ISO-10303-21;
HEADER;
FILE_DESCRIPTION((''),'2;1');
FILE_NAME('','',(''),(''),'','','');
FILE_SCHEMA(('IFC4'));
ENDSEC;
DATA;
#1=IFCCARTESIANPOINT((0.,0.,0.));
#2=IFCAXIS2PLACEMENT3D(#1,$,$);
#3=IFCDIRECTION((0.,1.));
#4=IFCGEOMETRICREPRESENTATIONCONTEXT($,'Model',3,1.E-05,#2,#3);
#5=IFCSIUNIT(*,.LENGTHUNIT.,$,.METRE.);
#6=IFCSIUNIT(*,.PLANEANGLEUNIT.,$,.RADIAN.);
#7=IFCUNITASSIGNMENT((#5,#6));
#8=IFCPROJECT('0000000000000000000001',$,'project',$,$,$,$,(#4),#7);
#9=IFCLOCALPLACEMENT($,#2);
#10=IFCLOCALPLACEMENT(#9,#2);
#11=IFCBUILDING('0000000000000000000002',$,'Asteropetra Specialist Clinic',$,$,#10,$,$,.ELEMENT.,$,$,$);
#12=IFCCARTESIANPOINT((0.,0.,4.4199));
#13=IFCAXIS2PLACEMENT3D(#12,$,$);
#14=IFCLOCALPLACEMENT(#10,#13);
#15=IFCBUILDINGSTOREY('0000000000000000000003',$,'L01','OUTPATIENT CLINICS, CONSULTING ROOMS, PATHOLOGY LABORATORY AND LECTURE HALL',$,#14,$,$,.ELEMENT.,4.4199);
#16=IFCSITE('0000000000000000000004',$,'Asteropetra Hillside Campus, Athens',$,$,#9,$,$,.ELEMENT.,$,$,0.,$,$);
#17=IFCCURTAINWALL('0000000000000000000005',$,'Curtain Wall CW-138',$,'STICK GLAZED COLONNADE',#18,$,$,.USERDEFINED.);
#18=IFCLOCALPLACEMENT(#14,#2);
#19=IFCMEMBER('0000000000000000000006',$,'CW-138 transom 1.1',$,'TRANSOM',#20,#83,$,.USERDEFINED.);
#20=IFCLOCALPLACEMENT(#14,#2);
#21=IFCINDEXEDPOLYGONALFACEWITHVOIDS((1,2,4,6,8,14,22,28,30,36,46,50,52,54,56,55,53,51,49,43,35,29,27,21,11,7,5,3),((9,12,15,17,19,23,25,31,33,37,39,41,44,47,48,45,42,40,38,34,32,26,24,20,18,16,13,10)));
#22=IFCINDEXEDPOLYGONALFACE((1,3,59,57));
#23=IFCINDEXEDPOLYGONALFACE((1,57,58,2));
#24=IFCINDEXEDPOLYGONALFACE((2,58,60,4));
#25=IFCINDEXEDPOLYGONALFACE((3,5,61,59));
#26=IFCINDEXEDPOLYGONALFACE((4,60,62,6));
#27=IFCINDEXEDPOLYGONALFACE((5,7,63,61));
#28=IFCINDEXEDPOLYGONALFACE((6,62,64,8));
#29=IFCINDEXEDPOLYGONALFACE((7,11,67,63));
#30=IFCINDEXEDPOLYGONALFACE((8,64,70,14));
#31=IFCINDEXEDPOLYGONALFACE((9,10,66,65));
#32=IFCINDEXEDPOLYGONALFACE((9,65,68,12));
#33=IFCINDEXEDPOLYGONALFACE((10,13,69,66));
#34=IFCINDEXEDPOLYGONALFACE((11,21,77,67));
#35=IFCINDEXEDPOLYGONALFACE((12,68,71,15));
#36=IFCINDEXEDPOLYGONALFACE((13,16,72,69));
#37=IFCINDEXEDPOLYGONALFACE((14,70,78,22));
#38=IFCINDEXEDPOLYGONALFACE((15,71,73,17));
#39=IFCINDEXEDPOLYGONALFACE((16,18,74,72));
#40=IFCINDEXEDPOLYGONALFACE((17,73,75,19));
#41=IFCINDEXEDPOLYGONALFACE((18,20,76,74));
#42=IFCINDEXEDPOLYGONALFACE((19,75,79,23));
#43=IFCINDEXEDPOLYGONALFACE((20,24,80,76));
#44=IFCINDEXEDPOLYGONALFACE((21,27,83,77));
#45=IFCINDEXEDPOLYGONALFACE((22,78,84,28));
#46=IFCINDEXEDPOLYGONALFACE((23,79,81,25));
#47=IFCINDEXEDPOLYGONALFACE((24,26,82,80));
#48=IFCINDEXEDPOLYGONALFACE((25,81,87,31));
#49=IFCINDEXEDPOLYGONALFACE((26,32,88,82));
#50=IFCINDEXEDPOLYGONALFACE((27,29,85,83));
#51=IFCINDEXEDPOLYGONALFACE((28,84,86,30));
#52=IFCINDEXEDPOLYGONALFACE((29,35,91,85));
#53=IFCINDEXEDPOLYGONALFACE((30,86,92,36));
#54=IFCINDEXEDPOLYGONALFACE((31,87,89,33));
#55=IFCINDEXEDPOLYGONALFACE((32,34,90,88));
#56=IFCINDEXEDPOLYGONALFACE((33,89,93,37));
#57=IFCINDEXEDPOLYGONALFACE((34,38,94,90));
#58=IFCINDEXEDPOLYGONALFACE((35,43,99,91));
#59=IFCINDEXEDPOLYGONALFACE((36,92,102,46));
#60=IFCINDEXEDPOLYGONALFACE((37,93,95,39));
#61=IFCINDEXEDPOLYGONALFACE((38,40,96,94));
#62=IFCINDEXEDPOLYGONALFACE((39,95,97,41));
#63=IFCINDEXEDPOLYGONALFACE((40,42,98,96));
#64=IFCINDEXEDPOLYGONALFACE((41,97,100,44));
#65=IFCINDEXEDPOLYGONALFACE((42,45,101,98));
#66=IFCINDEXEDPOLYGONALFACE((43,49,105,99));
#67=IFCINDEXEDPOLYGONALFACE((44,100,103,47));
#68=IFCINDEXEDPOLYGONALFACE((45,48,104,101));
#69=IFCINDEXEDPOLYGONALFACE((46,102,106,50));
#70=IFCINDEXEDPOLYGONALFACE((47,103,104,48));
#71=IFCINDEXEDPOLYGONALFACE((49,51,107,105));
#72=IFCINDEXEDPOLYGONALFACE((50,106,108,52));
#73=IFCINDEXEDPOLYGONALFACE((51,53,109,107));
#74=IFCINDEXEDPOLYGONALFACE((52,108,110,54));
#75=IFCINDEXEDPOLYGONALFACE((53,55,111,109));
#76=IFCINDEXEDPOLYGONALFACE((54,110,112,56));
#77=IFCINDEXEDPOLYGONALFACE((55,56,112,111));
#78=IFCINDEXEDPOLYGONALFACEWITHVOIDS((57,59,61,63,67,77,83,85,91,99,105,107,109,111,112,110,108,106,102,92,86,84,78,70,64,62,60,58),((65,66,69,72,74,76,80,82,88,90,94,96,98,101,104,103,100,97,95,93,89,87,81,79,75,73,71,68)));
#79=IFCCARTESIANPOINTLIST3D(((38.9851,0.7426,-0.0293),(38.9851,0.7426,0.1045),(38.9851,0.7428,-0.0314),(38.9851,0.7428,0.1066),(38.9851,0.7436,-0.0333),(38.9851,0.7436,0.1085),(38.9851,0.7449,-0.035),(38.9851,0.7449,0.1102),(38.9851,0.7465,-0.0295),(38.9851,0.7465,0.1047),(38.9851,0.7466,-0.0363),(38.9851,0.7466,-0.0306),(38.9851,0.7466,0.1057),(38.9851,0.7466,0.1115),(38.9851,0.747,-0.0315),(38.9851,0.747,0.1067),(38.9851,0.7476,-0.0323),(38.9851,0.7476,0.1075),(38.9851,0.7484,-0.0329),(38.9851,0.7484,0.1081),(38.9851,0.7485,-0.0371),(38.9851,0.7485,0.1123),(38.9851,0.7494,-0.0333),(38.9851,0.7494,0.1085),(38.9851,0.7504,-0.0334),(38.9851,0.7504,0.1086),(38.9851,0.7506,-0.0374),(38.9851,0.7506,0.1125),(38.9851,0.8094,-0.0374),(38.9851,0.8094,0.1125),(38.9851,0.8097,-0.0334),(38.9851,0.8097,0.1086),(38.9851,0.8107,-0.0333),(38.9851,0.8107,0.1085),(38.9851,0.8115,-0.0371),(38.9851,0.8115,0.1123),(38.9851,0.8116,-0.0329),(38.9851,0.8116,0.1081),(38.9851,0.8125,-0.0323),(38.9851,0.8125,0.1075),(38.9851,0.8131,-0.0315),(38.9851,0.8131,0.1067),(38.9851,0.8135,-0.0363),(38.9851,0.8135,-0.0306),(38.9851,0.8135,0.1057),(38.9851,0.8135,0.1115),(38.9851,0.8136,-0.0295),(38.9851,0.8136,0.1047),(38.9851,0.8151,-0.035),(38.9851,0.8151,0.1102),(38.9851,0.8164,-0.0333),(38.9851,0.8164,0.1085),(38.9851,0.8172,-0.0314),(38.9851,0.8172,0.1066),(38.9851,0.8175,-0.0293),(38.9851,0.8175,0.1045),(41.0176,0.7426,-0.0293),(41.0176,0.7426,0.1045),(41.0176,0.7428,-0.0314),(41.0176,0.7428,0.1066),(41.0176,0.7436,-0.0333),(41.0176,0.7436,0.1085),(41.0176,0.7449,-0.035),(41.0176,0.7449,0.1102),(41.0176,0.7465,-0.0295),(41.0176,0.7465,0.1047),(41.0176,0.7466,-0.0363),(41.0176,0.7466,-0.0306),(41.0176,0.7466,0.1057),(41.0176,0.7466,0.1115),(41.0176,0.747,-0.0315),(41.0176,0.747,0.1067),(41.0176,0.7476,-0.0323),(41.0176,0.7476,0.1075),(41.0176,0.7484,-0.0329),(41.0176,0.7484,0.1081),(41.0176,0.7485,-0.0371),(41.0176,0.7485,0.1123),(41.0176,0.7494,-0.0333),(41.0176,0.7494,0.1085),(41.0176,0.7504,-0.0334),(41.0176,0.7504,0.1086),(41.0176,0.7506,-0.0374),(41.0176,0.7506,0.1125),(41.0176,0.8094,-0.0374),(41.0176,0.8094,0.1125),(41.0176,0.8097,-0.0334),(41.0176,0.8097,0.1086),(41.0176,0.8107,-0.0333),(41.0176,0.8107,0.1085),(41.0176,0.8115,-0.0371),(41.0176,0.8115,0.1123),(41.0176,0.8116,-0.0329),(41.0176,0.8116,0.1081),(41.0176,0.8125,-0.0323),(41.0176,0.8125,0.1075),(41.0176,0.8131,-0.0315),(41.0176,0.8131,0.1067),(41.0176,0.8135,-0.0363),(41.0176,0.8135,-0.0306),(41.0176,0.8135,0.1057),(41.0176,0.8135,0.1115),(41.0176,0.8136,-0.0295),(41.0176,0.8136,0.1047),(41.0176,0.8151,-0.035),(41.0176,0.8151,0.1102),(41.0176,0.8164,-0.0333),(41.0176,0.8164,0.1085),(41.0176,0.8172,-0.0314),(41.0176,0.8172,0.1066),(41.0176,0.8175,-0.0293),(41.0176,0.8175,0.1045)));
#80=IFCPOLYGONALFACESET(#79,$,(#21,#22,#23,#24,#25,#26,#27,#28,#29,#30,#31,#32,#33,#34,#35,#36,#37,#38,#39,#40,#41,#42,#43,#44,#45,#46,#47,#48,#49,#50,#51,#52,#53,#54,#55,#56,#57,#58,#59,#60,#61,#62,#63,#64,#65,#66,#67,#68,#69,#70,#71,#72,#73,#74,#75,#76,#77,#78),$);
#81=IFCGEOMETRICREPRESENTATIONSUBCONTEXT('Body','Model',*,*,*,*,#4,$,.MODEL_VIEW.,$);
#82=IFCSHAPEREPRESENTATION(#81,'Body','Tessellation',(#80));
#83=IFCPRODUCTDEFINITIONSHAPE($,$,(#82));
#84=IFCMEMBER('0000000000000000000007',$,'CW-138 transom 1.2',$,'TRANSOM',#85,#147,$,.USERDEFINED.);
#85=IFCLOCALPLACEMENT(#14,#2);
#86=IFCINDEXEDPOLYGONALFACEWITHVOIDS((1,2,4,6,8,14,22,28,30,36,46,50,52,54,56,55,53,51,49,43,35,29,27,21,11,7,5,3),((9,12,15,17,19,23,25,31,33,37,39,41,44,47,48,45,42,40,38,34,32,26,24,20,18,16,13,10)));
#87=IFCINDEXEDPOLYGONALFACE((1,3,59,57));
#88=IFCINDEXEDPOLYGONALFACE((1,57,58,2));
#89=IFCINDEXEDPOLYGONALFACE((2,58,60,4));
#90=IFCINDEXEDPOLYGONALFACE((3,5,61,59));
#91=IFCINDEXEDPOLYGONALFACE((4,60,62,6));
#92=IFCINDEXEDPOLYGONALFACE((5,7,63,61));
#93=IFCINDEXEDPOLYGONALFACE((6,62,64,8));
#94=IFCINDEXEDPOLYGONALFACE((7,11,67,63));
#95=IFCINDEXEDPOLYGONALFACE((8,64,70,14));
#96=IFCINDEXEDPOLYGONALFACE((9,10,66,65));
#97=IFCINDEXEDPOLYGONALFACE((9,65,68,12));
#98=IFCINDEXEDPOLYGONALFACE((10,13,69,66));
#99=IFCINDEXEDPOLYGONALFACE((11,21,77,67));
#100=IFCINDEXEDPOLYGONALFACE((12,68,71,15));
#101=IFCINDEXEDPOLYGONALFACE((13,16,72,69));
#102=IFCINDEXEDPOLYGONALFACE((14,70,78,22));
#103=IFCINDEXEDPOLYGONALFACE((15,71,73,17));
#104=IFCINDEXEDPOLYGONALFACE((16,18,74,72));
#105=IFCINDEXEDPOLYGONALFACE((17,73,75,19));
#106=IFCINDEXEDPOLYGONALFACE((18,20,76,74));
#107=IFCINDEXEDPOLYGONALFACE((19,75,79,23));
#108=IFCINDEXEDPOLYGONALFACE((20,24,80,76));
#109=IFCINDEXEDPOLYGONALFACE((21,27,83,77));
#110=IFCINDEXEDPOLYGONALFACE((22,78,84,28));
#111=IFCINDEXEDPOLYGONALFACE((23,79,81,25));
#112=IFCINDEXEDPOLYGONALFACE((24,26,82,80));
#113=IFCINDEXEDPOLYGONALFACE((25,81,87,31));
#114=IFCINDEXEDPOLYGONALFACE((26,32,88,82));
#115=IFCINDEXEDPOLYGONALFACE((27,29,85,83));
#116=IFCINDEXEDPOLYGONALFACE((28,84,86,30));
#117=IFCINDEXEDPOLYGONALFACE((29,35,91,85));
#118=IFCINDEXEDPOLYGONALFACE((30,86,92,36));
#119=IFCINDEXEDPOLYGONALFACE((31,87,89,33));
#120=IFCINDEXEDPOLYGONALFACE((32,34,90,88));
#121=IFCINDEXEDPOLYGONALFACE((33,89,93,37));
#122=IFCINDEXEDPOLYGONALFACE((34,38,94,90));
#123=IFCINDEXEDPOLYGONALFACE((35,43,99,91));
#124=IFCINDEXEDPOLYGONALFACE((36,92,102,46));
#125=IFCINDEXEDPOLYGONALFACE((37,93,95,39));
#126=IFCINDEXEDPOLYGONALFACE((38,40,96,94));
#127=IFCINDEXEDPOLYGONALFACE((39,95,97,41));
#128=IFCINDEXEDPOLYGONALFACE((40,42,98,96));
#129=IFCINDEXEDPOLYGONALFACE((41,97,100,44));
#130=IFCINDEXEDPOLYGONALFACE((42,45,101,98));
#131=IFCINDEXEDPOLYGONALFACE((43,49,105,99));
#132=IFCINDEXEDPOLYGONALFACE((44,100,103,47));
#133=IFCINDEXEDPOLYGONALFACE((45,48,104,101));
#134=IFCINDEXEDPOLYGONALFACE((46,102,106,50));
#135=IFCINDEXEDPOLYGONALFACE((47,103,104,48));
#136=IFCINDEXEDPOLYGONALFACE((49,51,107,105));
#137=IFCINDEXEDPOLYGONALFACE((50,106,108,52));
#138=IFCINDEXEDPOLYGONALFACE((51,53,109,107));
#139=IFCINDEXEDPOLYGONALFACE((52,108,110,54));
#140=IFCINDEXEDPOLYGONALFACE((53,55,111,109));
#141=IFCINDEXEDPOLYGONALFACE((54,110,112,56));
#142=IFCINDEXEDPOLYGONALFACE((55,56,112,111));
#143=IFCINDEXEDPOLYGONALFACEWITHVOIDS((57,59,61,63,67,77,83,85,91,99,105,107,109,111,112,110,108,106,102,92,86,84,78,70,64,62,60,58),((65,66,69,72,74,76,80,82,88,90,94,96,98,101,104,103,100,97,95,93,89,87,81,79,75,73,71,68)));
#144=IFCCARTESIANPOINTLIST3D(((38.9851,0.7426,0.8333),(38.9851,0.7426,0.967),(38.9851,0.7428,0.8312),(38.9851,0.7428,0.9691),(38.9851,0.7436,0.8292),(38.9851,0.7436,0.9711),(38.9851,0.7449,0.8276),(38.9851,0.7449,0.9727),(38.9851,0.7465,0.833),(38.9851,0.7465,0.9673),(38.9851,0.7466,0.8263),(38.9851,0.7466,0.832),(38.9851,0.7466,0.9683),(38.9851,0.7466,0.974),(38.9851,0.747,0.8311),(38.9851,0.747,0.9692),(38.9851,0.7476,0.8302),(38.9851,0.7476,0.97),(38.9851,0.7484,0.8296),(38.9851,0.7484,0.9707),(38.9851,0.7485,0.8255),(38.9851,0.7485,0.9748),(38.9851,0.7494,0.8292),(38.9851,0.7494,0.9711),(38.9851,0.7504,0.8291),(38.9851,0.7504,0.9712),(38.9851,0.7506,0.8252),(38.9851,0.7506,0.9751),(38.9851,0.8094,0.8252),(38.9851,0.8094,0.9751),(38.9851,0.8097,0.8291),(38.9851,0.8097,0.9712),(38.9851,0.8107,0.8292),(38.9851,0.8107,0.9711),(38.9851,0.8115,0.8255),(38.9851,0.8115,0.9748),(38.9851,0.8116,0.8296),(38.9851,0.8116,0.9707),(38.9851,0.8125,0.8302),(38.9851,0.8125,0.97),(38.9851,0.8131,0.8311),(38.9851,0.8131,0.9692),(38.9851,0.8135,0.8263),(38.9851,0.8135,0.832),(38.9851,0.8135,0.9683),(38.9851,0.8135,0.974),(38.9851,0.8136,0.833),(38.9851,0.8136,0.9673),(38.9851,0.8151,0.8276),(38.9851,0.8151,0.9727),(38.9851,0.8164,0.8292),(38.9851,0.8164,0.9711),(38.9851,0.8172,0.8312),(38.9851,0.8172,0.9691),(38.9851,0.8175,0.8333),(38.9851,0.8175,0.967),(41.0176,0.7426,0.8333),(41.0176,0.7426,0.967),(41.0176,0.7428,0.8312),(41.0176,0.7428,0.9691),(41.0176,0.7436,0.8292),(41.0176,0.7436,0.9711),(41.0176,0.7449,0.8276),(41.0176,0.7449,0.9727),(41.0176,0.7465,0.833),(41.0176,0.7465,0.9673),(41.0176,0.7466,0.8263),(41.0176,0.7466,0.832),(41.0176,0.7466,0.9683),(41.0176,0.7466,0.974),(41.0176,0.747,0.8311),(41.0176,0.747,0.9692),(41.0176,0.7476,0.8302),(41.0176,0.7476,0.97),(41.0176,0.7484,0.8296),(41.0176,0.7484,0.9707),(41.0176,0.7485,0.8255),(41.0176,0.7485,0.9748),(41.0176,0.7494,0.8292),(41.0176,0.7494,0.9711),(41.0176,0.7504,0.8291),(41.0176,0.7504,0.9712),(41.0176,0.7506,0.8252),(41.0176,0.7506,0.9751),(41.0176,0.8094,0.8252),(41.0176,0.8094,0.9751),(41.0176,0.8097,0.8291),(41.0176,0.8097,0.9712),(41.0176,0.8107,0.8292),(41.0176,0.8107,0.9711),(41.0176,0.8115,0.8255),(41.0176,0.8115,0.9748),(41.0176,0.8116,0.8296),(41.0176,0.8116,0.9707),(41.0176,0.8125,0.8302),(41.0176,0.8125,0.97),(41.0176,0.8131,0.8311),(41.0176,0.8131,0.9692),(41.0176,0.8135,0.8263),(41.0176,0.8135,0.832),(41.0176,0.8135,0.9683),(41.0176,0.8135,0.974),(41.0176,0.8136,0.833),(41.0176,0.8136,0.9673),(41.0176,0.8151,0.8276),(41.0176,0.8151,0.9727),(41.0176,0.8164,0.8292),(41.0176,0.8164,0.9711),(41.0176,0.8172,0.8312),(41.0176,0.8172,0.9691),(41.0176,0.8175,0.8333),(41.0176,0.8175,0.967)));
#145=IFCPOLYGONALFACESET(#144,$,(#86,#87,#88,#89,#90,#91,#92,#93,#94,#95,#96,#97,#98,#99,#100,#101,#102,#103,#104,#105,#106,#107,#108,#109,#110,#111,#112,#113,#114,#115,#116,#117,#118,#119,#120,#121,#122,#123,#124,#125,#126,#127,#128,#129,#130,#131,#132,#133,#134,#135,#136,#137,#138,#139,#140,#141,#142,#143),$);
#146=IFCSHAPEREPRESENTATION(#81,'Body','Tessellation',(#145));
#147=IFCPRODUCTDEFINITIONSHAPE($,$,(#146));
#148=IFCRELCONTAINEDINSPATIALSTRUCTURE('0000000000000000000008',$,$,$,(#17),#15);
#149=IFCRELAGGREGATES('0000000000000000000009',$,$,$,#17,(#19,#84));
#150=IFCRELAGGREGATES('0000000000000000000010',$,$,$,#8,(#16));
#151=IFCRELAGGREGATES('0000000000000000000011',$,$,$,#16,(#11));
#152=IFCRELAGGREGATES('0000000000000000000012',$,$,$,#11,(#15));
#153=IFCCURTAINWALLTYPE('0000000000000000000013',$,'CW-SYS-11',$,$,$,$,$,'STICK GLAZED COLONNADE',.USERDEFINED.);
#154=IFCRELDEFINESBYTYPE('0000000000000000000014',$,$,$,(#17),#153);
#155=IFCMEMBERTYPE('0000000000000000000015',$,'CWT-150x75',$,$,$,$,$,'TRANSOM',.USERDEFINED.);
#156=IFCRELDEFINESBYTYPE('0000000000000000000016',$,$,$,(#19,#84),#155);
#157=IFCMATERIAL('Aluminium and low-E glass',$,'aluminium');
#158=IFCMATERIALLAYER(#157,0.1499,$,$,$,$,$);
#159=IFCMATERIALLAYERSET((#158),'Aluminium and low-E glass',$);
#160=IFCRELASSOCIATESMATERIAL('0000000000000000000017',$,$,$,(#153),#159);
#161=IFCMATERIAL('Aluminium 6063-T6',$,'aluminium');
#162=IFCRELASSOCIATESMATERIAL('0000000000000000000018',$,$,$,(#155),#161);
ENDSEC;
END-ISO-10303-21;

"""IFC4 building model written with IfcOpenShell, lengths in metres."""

from ifc_helpers import new_model, si_unit, direction, frame, origin, origin_2d, place, context, subcontext, project, spatial, hollow_rectangle, extrude, material, layer, layer_set, material_profile, profile_set, type_object, element, aggregate, save


model = new_model("IFC4")

# Units and contexts
model_context = context("Model", 3, precision=1e-05, world=origin(), true_north=direction((0.0, 1.0)))
body_context = subcontext(model_context, "Body", "Model", "MODEL_VIEW")
ifc_project = project(units=[si_unit("LENGTHUNIT", "METRE"), si_unit("PLANEANGLEUNIT", "RADIAN")], contexts=[model_context])

# Site, building, storey
site_placement = place(None, origin())
site = spatial("IfcSite", under=ifc_project, at=site_placement, Name="Asteropetra Hillside Campus, Athens", CompositionType="ELEMENT", RefElevation=0.0)
building_placement = place(site_placement, origin())
building = spatial("IfcBuilding", under=site, at=building_placement, Name="Asteropetra Specialist Clinic", CompositionType="ELEMENT")
storey_placement = place(building_placement, frame((0.0, 0.0, 4.4199)))
storey = spatial("IfcBuildingStorey", under=building, at=storey_placement, Name="L01", Description="OUTPATIENT CLINICS, CONSULTING ROOMS, PATHOLOGY LABORATORY AND LECTURE HALL", CompositionType="ELEMENT", Elevation=4.4199)

# Curtain wall, members
ifc_material_1 = material(Name="Aluminium and low-E glass", Category="aluminium")
ifc_layer_1 = layer(ifc_material_1, 0.1499)
ifc_layer_set_1 = layer_set([ifc_layer_1], Name="Aluminium and low-E glass")
curtain_wall_type_1 = type_object("IfcCurtainWallType", Name="CW-SYS-11", ElementType="STICK GLAZED COLONNADE", PredefinedType="USERDEFINED", material=ifc_layer_set_1)
curtain_wall_1_placement = place(storey_placement, origin())
curtain_wall_1 = element("IfcCurtainWall", 1, at=curtain_wall_1_placement, inside=storey, type_object=curtain_wall_type_1, Name="Curtain Wall CW-138", ObjectType="STICK GLAZED COLONNADE", PredefinedType="USERDEFINED")
ifc_material_2 = material(Name="Aluminium 6063-T6", Category="aluminium")
ifc_material_profile_1 = material_profile(ifc_material_2, hollow_rectangle(XDim=0.075, YDim=0.1499, WallThickness=0.0039, InnerFilletRadius=0.0039, OuterFilletRadius=0.0081, at=origin_2d()), Name="TRN 150x75x4.0")
ifc_profile_set_1 = profile_set([ifc_material_profile_1], Name="Aluminium 6063-T6")
member_type_1 = type_object("IfcMemberType", Name="CWT-150x75", ElementType="TRANSOM", PredefinedType="USERDEFINED", material=ifc_profile_set_1)
member_1_placement = place(storey_placement, frame((38.9851, 0.78, 0.0376), z_axis=(1.0, 0.0, 0.0), x_axis=(0.0, 1.0, 0.0)))
member_1 = element("IfcMember", 2, at=member_1_placement, type_object=member_type_1, Name="CW-138 transom 1.1", ObjectType="TRANSOM", PredefinedType="USERDEFINED", context=body_context, shape_type="SweptSolid", body=[
    extrude(hollow_rectangle(XDim=0.075, YDim=0.1499, WallThickness=0.0039, InnerFilletRadius=0.0039, OuterFilletRadius=0.0081, at=origin_2d()), origin(), (0.0, 0.0, 1.0), 2.0325),
])
member_2_placement = place(storey_placement, frame((38.9851, 0.78, 0.9001), z_axis=(1.0, 0.0, 0.0), x_axis=(0.0, 1.0, 0.0)))
member_2 = element("IfcMember", 3, at=member_2_placement, type_object=member_type_1, Name="CW-138 transom 1.2", ObjectType="TRANSOM", PredefinedType="USERDEFINED", context=body_context, shape_type="SweptSolid", body=[
    extrude(hollow_rectangle(XDim=0.075, YDim=0.1499, WallThickness=0.0039, InnerFilletRadius=0.0039, OuterFilletRadius=0.0081, at=origin_2d()), origin(), (0.0, 0.0, 1.0), 2.0325),
])

aggregate(curtain_wall_1, [member_1, member_2])

save(model, "model.ifc")
